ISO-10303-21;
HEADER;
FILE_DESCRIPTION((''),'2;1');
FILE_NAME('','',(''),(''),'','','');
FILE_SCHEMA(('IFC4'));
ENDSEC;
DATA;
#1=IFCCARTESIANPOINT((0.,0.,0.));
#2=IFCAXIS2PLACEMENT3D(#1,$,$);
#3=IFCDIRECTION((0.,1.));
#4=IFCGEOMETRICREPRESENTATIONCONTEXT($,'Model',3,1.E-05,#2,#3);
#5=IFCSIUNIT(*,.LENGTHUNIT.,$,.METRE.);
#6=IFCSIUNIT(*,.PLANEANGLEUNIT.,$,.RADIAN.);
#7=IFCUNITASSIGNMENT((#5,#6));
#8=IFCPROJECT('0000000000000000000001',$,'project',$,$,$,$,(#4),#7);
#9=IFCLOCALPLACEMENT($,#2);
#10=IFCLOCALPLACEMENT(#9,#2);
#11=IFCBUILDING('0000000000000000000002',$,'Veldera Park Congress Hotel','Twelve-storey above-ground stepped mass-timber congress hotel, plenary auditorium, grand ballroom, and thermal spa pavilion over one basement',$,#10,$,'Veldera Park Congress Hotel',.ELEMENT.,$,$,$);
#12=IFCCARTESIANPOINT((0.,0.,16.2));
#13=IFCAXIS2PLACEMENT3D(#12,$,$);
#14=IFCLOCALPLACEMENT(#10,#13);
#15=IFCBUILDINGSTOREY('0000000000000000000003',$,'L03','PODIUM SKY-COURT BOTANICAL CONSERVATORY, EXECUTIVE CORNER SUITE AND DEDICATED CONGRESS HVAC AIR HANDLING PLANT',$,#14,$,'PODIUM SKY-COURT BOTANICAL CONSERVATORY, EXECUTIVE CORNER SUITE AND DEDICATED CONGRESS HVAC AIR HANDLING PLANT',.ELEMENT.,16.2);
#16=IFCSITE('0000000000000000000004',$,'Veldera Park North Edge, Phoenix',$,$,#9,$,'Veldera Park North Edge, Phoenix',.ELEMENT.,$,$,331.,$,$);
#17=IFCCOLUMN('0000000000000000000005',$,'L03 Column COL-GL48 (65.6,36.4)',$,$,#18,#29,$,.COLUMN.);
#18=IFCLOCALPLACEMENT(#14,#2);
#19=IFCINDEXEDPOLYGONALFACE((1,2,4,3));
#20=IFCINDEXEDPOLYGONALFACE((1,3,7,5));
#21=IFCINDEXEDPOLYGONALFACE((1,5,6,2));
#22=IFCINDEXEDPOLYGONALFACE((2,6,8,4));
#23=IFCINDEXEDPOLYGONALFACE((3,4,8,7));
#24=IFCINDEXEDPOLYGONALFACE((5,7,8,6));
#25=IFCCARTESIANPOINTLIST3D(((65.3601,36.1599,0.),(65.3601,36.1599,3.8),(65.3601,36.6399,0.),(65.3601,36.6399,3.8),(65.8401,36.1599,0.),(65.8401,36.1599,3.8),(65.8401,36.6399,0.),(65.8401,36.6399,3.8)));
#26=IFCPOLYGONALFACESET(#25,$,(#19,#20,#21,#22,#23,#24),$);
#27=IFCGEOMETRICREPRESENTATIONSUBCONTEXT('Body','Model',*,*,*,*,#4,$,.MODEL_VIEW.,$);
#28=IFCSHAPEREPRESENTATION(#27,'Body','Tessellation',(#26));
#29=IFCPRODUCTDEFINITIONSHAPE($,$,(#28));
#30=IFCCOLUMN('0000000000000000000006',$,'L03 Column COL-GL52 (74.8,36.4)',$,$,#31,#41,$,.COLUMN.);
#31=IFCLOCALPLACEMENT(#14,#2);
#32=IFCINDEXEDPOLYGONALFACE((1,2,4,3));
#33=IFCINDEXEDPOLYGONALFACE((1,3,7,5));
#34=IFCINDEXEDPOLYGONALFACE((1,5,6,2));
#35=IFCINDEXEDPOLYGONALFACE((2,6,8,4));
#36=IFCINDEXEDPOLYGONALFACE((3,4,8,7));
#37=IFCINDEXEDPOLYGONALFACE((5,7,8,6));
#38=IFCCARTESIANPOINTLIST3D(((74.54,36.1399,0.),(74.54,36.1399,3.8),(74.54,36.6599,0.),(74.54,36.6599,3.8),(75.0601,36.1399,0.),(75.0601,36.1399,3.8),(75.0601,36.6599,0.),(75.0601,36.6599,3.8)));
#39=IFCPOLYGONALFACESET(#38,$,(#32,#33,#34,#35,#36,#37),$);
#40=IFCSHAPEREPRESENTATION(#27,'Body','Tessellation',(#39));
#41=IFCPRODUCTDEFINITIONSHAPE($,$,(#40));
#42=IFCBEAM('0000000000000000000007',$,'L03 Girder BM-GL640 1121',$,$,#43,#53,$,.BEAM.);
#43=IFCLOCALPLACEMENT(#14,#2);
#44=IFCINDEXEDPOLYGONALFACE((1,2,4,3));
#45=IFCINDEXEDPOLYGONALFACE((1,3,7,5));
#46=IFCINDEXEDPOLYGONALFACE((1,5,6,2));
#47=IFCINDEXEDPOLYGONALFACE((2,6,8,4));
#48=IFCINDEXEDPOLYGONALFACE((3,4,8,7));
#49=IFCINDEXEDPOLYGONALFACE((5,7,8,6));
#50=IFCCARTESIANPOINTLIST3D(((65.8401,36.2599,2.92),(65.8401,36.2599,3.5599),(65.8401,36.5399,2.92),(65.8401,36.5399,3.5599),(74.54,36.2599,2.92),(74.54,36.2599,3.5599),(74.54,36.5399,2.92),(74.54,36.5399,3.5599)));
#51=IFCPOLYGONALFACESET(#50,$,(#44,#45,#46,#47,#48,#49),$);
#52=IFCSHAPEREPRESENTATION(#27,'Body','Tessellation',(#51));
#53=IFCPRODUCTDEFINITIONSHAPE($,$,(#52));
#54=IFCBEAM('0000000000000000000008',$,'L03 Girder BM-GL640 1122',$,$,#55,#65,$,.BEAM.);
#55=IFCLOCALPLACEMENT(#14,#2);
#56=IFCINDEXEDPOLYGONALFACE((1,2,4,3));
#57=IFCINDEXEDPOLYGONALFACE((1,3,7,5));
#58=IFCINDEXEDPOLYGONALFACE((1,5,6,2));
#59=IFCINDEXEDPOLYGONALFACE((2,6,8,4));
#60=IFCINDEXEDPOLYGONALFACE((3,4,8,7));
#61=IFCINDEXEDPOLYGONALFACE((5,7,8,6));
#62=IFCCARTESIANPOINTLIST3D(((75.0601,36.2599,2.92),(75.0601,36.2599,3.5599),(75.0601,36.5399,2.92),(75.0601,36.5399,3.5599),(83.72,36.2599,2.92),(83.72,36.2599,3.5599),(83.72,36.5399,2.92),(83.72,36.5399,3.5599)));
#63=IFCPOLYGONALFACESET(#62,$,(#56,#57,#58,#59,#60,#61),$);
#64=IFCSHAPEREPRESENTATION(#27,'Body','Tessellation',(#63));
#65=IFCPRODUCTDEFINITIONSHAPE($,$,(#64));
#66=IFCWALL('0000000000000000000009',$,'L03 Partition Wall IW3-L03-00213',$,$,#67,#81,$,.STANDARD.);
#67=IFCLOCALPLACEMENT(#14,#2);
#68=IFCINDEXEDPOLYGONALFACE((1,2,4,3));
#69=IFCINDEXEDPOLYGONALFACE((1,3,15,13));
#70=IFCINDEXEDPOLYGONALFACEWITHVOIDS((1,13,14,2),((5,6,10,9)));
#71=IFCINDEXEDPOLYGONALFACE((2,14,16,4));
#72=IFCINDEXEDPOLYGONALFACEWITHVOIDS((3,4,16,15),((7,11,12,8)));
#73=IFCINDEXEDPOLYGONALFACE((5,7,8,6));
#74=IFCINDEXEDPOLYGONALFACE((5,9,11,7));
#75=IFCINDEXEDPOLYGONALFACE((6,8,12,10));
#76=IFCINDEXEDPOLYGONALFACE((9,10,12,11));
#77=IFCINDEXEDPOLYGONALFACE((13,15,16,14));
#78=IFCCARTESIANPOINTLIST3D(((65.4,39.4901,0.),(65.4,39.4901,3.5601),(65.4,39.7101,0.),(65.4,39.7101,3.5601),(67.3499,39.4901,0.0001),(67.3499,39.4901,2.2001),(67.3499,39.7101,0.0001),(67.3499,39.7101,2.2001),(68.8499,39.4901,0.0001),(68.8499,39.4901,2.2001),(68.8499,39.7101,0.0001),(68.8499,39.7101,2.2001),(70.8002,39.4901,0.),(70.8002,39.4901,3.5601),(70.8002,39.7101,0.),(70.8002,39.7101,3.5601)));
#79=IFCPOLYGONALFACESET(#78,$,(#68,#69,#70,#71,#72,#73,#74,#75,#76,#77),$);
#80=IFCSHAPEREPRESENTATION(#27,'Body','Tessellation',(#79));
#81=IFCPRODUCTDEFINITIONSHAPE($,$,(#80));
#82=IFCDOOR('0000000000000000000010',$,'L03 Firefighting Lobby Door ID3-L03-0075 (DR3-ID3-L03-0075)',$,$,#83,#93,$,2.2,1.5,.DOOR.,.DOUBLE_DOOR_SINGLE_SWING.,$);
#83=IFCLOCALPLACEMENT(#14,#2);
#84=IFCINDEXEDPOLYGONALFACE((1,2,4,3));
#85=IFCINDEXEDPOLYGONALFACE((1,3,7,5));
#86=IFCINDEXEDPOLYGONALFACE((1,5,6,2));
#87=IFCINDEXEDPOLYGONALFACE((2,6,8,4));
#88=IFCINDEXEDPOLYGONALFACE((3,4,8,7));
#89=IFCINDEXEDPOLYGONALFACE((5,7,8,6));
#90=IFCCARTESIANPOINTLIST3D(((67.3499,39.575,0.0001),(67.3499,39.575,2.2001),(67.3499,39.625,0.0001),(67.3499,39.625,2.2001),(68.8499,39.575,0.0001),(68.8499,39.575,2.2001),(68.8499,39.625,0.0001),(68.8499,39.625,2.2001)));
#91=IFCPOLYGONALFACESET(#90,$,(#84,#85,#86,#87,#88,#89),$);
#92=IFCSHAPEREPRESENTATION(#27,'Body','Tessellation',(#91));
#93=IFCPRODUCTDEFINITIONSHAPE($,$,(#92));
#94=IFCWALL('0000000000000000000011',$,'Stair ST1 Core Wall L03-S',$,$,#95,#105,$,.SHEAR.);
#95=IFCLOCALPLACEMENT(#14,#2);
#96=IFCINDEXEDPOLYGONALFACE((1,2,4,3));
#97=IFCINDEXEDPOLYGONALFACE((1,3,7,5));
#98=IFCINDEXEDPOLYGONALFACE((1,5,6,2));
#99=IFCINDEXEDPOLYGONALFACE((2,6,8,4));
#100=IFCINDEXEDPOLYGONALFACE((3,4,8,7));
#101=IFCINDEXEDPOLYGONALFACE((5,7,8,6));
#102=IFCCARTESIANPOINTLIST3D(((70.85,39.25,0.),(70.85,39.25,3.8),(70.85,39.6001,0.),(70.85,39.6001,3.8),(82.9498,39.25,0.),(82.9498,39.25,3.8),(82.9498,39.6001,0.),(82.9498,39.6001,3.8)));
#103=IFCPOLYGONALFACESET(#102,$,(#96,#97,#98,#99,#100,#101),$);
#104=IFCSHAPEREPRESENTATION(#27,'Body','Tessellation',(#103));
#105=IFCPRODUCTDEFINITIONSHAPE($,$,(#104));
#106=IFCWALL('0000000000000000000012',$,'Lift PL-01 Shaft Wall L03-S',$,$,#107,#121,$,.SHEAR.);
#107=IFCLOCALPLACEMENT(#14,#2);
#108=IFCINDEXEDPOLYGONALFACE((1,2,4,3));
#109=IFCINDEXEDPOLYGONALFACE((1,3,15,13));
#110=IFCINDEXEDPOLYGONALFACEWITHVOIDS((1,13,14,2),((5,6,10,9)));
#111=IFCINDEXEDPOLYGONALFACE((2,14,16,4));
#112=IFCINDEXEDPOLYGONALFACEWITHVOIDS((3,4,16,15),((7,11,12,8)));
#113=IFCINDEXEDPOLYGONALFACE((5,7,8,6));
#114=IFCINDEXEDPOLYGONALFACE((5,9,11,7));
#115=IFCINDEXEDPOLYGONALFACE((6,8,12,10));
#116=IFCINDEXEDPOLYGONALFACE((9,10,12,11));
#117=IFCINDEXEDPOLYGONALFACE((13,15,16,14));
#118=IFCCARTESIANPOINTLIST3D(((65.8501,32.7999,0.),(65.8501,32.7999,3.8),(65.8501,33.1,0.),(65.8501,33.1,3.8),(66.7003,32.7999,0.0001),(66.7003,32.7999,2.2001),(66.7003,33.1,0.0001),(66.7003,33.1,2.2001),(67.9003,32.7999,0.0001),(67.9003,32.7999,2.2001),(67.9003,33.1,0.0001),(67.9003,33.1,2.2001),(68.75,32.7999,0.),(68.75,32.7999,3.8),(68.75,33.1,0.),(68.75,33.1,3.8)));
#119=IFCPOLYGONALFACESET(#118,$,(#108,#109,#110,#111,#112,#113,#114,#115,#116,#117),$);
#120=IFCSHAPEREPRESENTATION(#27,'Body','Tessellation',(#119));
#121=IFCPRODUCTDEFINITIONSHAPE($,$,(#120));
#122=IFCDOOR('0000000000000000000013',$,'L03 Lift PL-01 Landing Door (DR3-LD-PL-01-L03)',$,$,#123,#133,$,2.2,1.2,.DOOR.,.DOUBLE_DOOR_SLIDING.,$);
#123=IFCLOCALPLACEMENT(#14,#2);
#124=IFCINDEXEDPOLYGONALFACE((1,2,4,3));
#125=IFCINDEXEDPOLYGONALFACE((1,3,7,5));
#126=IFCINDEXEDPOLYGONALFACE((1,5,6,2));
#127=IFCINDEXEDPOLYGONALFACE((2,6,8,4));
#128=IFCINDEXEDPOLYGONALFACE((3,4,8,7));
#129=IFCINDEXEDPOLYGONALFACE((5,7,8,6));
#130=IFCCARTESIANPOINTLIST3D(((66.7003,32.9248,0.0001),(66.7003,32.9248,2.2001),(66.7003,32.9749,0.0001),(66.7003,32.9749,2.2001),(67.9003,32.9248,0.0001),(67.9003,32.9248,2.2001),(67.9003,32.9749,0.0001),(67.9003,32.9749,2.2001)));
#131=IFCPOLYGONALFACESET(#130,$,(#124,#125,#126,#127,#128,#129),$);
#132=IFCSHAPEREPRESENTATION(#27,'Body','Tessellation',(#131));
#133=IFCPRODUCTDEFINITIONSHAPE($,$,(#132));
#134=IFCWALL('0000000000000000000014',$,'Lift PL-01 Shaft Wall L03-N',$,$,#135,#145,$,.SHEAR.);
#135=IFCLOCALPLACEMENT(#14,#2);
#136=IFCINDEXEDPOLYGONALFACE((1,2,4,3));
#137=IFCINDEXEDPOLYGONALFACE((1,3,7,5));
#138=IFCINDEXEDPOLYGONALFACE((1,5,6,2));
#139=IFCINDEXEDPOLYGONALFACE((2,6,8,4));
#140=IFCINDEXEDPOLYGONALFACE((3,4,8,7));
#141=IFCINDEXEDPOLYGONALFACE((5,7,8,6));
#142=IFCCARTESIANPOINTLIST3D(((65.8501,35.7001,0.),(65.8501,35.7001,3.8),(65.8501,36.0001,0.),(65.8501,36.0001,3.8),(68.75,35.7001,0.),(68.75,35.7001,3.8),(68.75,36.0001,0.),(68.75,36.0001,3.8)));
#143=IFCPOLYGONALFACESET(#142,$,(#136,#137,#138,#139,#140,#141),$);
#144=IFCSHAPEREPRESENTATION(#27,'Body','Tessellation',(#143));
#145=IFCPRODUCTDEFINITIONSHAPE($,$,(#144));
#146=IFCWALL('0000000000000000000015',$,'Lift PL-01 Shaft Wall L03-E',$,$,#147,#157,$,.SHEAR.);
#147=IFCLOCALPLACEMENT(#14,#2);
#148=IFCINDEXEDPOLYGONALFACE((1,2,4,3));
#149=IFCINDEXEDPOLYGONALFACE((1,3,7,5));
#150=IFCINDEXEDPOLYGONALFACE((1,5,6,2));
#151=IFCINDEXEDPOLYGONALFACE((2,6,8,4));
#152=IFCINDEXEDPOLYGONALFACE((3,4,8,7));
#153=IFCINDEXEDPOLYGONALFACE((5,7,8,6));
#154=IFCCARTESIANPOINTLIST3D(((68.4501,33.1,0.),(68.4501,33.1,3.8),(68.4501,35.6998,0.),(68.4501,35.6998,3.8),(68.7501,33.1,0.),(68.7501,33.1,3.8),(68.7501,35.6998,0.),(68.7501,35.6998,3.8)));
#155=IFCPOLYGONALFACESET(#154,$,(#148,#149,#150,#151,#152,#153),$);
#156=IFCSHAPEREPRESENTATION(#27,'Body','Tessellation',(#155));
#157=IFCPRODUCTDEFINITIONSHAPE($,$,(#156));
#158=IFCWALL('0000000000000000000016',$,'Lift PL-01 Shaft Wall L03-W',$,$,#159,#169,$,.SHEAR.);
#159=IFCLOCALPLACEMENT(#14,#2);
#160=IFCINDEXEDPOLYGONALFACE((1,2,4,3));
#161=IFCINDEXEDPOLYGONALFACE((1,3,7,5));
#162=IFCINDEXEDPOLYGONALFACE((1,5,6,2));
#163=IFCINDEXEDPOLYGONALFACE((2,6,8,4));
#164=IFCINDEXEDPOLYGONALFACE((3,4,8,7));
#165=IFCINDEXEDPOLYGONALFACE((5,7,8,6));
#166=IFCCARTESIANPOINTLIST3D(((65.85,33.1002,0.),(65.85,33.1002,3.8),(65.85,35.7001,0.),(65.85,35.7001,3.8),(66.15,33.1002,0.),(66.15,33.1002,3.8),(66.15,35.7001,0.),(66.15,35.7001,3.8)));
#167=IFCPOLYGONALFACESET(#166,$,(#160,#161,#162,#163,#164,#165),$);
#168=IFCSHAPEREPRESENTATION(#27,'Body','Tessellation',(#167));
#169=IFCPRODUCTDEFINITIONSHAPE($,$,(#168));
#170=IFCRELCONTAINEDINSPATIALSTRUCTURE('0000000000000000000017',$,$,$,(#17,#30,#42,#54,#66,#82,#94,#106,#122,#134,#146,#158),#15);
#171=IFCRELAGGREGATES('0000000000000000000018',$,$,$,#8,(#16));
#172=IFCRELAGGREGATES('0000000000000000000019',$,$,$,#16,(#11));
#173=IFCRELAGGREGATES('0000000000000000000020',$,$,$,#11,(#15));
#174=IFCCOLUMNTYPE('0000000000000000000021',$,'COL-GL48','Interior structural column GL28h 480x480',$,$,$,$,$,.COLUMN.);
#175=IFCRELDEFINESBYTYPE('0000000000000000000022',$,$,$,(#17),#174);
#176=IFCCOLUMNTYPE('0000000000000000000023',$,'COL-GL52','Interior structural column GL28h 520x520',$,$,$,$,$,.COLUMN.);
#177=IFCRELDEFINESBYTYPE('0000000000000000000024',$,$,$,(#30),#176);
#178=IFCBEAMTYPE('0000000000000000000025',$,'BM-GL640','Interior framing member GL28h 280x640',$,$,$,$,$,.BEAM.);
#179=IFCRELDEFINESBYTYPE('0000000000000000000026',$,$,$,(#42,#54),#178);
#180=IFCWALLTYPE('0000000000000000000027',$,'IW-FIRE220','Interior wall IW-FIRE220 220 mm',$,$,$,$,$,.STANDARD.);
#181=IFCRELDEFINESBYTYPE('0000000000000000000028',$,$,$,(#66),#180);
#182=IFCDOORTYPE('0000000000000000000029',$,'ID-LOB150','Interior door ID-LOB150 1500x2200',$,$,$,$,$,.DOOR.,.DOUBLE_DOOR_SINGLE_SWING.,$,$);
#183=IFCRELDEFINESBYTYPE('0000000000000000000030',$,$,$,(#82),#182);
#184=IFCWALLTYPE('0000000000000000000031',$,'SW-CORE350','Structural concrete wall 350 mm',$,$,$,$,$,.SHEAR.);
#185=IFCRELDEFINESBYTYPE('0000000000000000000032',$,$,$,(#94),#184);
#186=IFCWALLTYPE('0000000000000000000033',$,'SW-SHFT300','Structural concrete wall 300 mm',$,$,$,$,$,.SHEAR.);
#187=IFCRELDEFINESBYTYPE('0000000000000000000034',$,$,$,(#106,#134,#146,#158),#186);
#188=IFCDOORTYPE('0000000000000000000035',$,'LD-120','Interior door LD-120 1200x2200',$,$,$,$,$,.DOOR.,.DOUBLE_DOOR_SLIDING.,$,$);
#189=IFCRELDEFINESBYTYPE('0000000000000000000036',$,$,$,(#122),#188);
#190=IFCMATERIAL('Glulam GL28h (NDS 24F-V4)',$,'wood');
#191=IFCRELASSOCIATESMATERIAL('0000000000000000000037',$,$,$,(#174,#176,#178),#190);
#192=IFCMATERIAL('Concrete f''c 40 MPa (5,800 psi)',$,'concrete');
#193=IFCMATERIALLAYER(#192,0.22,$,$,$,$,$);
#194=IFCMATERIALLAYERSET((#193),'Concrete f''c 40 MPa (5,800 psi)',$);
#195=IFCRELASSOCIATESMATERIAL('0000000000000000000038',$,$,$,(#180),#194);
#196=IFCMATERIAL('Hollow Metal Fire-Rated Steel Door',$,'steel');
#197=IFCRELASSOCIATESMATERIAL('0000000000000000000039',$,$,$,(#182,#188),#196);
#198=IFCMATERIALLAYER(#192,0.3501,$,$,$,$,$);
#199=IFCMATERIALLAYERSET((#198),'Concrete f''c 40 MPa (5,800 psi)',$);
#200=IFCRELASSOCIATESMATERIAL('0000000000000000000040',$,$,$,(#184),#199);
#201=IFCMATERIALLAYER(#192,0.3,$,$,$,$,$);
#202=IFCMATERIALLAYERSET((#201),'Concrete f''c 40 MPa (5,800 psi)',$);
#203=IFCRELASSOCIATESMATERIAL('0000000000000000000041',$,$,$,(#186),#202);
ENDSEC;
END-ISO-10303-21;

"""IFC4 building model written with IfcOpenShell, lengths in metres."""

from ifc_helpers import new_model, si_unit, direction, frame, frame_2d, origin, origin_2d, place, context, subcontext, project, spatial, rectangle, extrude, material, layer, layer_set, material_profile, profile_set, type_object, element, fill, save


model = new_model("IFC4")

# Units and contexts
model_context = context("Model", 3, precision=1e-05, world=origin(), true_north=direction((0.0, 1.0)))
body_context = subcontext(model_context, "Body", "Model", "MODEL_VIEW")
ifc_project = project(units=[si_unit("LENGTHUNIT", "METRE"), si_unit("PLANEANGLEUNIT", "RADIAN")], contexts=[model_context])

# Site, building, storey
site_placement = place(None, origin())
site = spatial("IfcSite", under=ifc_project, at=site_placement, Name="Veldera Park North Edge, Phoenix", LongName="Veldera Park North Edge, Phoenix", CompositionType="ELEMENT", RefElevation=331.0)
building_placement = place(site_placement, origin())
building = spatial("IfcBuilding", under=site, at=building_placement, Name="Veldera Park Congress Hotel", Description="Twelve-storey above-ground stepped mass-timber congress hotel, plenary auditorium, grand ballroom, and thermal spa pavilion over one basement", LongName="Veldera Park Congress Hotel", CompositionType="ELEMENT")
storey_placement = place(building_placement, frame((0.0, 0.0, 16.2)))
storey = spatial("IfcBuildingStorey", under=building, at=storey_placement, Name="L03", Description="PODIUM SKY-COURT BOTANICAL CONSERVATORY, EXECUTIVE CORNER SUITE AND DEDICATED CONGRESS HVAC AIR HANDLING PLANT", LongName="PODIUM SKY-COURT BOTANICAL CONSERVATORY, EXECUTIVE CORNER SUITE AND DEDICATED CONGRESS HVAC AIR HANDLING PLANT", CompositionType="ELEMENT", Elevation=16.2)

# Columns
ifc_material_1 = material(Name="Glulam GL28h (NDS 24F-V4)", Category="wood")
ifc_material_profile_1 = material_profile(ifc_material_1, rectangle(XDim=0.48, YDim=0.48, at=origin_2d()), Name="GL28h 480x480")
ifc_profile_set_1 = profile_set([ifc_material_profile_1], Name="Glulam GL28h (NDS 24F-V4)")
column_type_1 = type_object("IfcColumnType", Name="COL-GL48", Description="Interior structural column GL28h 480x480", PredefinedType="COLUMN", material=ifc_profile_set_1)
column_1_placement = place(storey_placement, frame((65.6001, 36.3999, 0.0), z_axis=(0.0, 0.0, 1.0), x_axis=(1.0, 0.0, 0.0)))
element("IfcColumn", 1, at=column_1_placement, inside=storey, type_object=column_type_1, Name="L03 Column COL-GL48 (65.6,36.4)", PredefinedType="COLUMN", context=body_context, shape_type="SweptSolid", body=[
    extrude(rectangle(XDim=0.48, YDim=0.48, at=origin_2d()), origin(), (0.0, 0.0, 1.0), 3.8),
])
ifc_material_profile_2 = material_profile(ifc_material_1, rectangle(XDim=0.52, YDim=0.52, at=origin_2d()), Name="GL28h 520x520")
ifc_profile_set_2 = profile_set([ifc_material_profile_2], Name="Glulam GL28h (NDS 24F-V4)")
column_type_2 = type_object("IfcColumnType", Name="COL-GL52", Description="Interior structural column GL28h 520x520", PredefinedType="COLUMN", material=ifc_profile_set_2)
column_2_placement = place(storey_placement, frame((74.8, 36.3999, 0.0), z_axis=(0.0, 0.0, 1.0), x_axis=(1.0, 0.0, 0.0)))
element("IfcColumn", 2, at=column_2_placement, inside=storey, type_object=column_type_2, Name="L03 Column COL-GL52 (74.8,36.4)", PredefinedType="COLUMN", context=body_context, shape_type="SweptSolid", body=[
    extrude(rectangle(XDim=0.52, YDim=0.52, at=origin_2d()), origin(), (0.0, 0.0, 1.0), 3.8),
])

# Beams
ifc_material_profile_3 = material_profile(ifc_material_1, rectangle(XDim=0.28, YDim=0.6399, at=origin_2d()), Name="GL28h 280x640")
ifc_profile_set_3 = profile_set([ifc_material_profile_3], Name="Glulam GL28h (NDS 24F-V4)")
beam_type = type_object("IfcBeamType", Name="BM-GL640", Description="Interior framing member GL28h 280x640", PredefinedType="BEAM", material=ifc_profile_set_3)
beam_1_placement = place(storey_placement, frame((65.8401, 36.3999, 3.24), z_axis=(1.0, 0.0, 0.0), x_axis=(0.0, 1.0, 0.0)))
element("IfcBeam", 3, at=beam_1_placement, inside=storey, type_object=beam_type, Name="L03 Girder BM-GL640 1121", PredefinedType="BEAM", context=body_context, shape_type="SweptSolid", body=[
    extrude(rectangle(XDim=0.28, YDim=0.6399, at=origin_2d()), origin(), (0.0, 0.0, 1.0), 8.7),
])
beam_2_placement = place(storey_placement, frame((75.0601, 36.3999, 3.24), z_axis=(1.0, 0.0, 0.0), x_axis=(0.0, 1.0, 0.0)))
element("IfcBeam", 4, at=beam_2_placement, inside=storey, type_object=beam_type, Name="L03 Girder BM-GL640 1122", PredefinedType="BEAM", context=body_context, shape_type="SweptSolid", body=[
    extrude(rectangle(XDim=0.28, YDim=0.6399, at=origin_2d()), origin(), (0.0, 0.0, 1.0), 8.6599),
])

# Wall, opening, door
ifc_material_2 = material(Name="Concrete f'c 40 MPa (5,800 psi)", Category="concrete")
ifc_layer_1 = layer(ifc_material_2, 0.22)
ifc_layer_set_1 = layer_set([ifc_layer_1], Name="Concrete f'c 40 MPa (5,800 psi)")
wall_type_1 = type_object("IfcWallType", Name="IW-FIRE220", Description="Interior wall IW-FIRE220 220 mm", PredefinedType="STANDARD", material=ifc_layer_set_1)
wall_1_placement = place(storey_placement, frame((65.3999, 39.6001, 0.0), z_axis=(0.0, 0.0, 1.0), x_axis=(1.0, 0.0, 0.0)))
wall_1 = element("IfcWall", 5, at=wall_1_placement, inside=storey, type_object=wall_type_1, Name="L03 Partition Wall IW3-L03-00213", PredefinedType="STANDARD", context=body_context, shape_type="SweptSolid", body=[
    extrude(rectangle(XDim=5.4001, YDim=0.22, at=frame_2d((2.7002, 0.0))), origin(), (0.0, 0.0, 1.0), 3.5601),
])
opening_1_placement = place(wall_1_placement, frame((1.95, 0.0, 0.0)))
opening_1 = element("IfcOpeningElement", 6, at=opening_1_placement, cuts=wall_1, PredefinedType="OPENING", context=body_context, shape_type="SweptSolid", body=[
    extrude(rectangle(XDim=1.5, YDim=2.2, at=frame_2d((0.75, 1.1001))), frame((0.0, 0.1221, 0.0), z_axis=(0.0, -1.0, 0.0), x_axis=(1.0, 0.0, 0.0)), (0.0, 0.0, 1.0), 0.2439),
])
ifc_material_3 = material(Name="Hollow Metal Fire-Rated Steel Door", Category="steel")
door_type_1 = type_object("IfcDoorType", Name="ID-LOB150", Description="Interior door ID-LOB150 1500x2200", OperationType="DOUBLE_DOOR_SINGLE_SWING", PredefinedType="DOOR", material=ifc_material_3)
door_1_placement = place(opening_1_placement, origin())
door_1 = element("IfcDoor", 7, at=door_1_placement, inside=storey, type_object=door_type_1, Name="L03 Firefighting Lobby Door ID3-L03-0075 (DR3-ID3-L03-0075)", OperationType="DOUBLE_DOOR_SINGLE_SWING", OverallHeight=2.2, OverallWidth=1.5, PredefinedType="DOOR", context=body_context, shape_type="SweptSolid", body=[
    extrude(rectangle(XDim=1.5, YDim=2.2, at=frame_2d((0.75, 1.1001))), frame((0.0, 0.0249, 0.0), z_axis=(0.0, -1.0, 0.0), x_axis=(1.0, 0.0, 0.0)), (0.0, 0.0, 1.0), 0.05),
])
fill(opening_1, door_1)

# Wall
ifc_layer_2 = layer(ifc_material_2, 0.3501)
ifc_layer_set_2 = layer_set([ifc_layer_2], Name="Concrete f'c 40 MPa (5,800 psi)")
wall_type_2 = type_object("IfcWallType", Name="SW-CORE350", Description="Structural concrete wall 350 mm", PredefinedType="SHEAR", material=ifc_layer_set_2)
wall_2_placement = place(storey_placement, frame((70.8501, 39.425, 0.0), z_axis=(0.0, 0.0, 1.0), x_axis=(1.0, 0.0, 0.0)))
element("IfcWall", 8, at=wall_2_placement, inside=storey, type_object=wall_type_2, Name="Stair ST1 Core Wall L03-S", PredefinedType="SHEAR", context=body_context, shape_type="SweptSolid", body=[
    extrude(rectangle(XDim=12.0999, YDim=0.3501, at=frame_2d((6.0498, 0.0))), origin(), (0.0, 0.0, 1.0), 3.8),
])

# Wall, opening, door
ifc_layer_3 = layer(ifc_material_2, 0.3)
ifc_layer_set_3 = layer_set([ifc_layer_3], Name="Concrete f'c 40 MPa (5,800 psi)")
wall_type_3 = type_object("IfcWallType", Name="SW-SHFT300", Description="Structural concrete wall 300 mm", PredefinedType="SHEAR", material=ifc_layer_set_3)
wall_3_placement = place(storey_placement, frame((65.8501, 32.95, 0.0), z_axis=(0.0, 0.0, 1.0), x_axis=(1.0, 0.0, 0.0)))
wall_3 = element("IfcWall", 9, at=wall_3_placement, inside=storey, type_object=wall_type_3, Name="Lift PL-01 Shaft Wall L03-S", PredefinedType="SHEAR", context=body_context, shape_type="SweptSolid", body=[
    extrude(rectangle(XDim=2.8999, YDim=0.3, at=frame_2d((1.45, 0.0))), origin(), (0.0, 0.0, 1.0), 3.8),
])
opening_2_placement = place(wall_3_placement, frame((0.8501, 0.0, 0.0)))
opening_2 = element("IfcOpeningElement", 10, at=opening_2_placement, cuts=wall_3, PredefinedType="OPENING", context=body_context, shape_type="SweptSolid", body=[
    extrude(rectangle(XDim=1.2, YDim=2.2, at=frame_2d((0.6001, 1.1001))), frame((0.0, 0.1621, 0.0), z_axis=(0.0, -1.0, 0.0), x_axis=(1.0, 0.0, 0.0)), (0.0, 0.0, 1.0), 0.324),
])
door_type_2 = type_object("IfcDoorType", Name="LD-120", Description="Interior door LD-120 1200x2200", OperationType="DOUBLE_DOOR_SLIDING", PredefinedType="DOOR", material=ifc_material_3)
door_2_placement = place(opening_2_placement, origin())
door_2 = element("IfcDoor", 11, at=door_2_placement, inside=storey, type_object=door_type_2, Name="L03 Lift PL-01 Landing Door (DR3-LD-PL-01-L03)", OperationType="DOUBLE_DOOR_SLIDING", OverallHeight=2.2, OverallWidth=1.2, PredefinedType="DOOR", context=body_context, shape_type="SweptSolid", body=[
    extrude(rectangle(XDim=1.2, YDim=2.2, at=frame_2d((0.6001, 1.1001))), frame((0.0, 0.0249, 0.0), z_axis=(0.0, -1.0, 0.0), x_axis=(1.0, 0.0, 0.0)), (0.0, 0.0, 1.0), 0.05),
])
fill(opening_2, door_2)

# Walls
wall_4_placement = place(storey_placement, frame((68.75, 35.8501, 0.0), z_axis=(0.0, 0.0, 1.0), x_axis=(-1.0, 0.0, 0.0)))
element("IfcWall", 12, at=wall_4_placement, inside=storey, type_object=wall_type_3, Name="Lift PL-01 Shaft Wall L03-N", PredefinedType="SHEAR", context=body_context, shape_type="SweptSolid", body=[
    extrude(rectangle(XDim=2.8999, YDim=0.3, at=frame_2d((1.45, 0.0))), origin(), (0.0, 0.0, 1.0), 3.8),
])
for number, where, z_axis, x_axis, name in (
    (13, (68.6001, 33.1001, 0.0), (0.0, 0.0, 1.0), (0.0, 1.0, 0.0), "Lift PL-01 Shaft Wall L03-E"),
    (14, (66.0, 35.7, 0.0), (0.0, 0.0, 1.0), (0.0, -1.0, 0.0), "Lift PL-01 Shaft Wall L03-W"),
):
    element("IfcWall", number, at=place(storey_placement, frame(where, z_axis=z_axis, x_axis=x_axis)), inside=storey, type_object=wall_type_3, Name=name, PredefinedType="SHEAR", context=body_context, shape_type="SweptSolid", body=[
        extrude(rectangle(XDim=2.5999, YDim=0.3, at=frame_2d((1.2998, 0.0))), origin(), (0.0, 0.0, 1.0), 3.8),
    ])

save(model, "model.ifc")
